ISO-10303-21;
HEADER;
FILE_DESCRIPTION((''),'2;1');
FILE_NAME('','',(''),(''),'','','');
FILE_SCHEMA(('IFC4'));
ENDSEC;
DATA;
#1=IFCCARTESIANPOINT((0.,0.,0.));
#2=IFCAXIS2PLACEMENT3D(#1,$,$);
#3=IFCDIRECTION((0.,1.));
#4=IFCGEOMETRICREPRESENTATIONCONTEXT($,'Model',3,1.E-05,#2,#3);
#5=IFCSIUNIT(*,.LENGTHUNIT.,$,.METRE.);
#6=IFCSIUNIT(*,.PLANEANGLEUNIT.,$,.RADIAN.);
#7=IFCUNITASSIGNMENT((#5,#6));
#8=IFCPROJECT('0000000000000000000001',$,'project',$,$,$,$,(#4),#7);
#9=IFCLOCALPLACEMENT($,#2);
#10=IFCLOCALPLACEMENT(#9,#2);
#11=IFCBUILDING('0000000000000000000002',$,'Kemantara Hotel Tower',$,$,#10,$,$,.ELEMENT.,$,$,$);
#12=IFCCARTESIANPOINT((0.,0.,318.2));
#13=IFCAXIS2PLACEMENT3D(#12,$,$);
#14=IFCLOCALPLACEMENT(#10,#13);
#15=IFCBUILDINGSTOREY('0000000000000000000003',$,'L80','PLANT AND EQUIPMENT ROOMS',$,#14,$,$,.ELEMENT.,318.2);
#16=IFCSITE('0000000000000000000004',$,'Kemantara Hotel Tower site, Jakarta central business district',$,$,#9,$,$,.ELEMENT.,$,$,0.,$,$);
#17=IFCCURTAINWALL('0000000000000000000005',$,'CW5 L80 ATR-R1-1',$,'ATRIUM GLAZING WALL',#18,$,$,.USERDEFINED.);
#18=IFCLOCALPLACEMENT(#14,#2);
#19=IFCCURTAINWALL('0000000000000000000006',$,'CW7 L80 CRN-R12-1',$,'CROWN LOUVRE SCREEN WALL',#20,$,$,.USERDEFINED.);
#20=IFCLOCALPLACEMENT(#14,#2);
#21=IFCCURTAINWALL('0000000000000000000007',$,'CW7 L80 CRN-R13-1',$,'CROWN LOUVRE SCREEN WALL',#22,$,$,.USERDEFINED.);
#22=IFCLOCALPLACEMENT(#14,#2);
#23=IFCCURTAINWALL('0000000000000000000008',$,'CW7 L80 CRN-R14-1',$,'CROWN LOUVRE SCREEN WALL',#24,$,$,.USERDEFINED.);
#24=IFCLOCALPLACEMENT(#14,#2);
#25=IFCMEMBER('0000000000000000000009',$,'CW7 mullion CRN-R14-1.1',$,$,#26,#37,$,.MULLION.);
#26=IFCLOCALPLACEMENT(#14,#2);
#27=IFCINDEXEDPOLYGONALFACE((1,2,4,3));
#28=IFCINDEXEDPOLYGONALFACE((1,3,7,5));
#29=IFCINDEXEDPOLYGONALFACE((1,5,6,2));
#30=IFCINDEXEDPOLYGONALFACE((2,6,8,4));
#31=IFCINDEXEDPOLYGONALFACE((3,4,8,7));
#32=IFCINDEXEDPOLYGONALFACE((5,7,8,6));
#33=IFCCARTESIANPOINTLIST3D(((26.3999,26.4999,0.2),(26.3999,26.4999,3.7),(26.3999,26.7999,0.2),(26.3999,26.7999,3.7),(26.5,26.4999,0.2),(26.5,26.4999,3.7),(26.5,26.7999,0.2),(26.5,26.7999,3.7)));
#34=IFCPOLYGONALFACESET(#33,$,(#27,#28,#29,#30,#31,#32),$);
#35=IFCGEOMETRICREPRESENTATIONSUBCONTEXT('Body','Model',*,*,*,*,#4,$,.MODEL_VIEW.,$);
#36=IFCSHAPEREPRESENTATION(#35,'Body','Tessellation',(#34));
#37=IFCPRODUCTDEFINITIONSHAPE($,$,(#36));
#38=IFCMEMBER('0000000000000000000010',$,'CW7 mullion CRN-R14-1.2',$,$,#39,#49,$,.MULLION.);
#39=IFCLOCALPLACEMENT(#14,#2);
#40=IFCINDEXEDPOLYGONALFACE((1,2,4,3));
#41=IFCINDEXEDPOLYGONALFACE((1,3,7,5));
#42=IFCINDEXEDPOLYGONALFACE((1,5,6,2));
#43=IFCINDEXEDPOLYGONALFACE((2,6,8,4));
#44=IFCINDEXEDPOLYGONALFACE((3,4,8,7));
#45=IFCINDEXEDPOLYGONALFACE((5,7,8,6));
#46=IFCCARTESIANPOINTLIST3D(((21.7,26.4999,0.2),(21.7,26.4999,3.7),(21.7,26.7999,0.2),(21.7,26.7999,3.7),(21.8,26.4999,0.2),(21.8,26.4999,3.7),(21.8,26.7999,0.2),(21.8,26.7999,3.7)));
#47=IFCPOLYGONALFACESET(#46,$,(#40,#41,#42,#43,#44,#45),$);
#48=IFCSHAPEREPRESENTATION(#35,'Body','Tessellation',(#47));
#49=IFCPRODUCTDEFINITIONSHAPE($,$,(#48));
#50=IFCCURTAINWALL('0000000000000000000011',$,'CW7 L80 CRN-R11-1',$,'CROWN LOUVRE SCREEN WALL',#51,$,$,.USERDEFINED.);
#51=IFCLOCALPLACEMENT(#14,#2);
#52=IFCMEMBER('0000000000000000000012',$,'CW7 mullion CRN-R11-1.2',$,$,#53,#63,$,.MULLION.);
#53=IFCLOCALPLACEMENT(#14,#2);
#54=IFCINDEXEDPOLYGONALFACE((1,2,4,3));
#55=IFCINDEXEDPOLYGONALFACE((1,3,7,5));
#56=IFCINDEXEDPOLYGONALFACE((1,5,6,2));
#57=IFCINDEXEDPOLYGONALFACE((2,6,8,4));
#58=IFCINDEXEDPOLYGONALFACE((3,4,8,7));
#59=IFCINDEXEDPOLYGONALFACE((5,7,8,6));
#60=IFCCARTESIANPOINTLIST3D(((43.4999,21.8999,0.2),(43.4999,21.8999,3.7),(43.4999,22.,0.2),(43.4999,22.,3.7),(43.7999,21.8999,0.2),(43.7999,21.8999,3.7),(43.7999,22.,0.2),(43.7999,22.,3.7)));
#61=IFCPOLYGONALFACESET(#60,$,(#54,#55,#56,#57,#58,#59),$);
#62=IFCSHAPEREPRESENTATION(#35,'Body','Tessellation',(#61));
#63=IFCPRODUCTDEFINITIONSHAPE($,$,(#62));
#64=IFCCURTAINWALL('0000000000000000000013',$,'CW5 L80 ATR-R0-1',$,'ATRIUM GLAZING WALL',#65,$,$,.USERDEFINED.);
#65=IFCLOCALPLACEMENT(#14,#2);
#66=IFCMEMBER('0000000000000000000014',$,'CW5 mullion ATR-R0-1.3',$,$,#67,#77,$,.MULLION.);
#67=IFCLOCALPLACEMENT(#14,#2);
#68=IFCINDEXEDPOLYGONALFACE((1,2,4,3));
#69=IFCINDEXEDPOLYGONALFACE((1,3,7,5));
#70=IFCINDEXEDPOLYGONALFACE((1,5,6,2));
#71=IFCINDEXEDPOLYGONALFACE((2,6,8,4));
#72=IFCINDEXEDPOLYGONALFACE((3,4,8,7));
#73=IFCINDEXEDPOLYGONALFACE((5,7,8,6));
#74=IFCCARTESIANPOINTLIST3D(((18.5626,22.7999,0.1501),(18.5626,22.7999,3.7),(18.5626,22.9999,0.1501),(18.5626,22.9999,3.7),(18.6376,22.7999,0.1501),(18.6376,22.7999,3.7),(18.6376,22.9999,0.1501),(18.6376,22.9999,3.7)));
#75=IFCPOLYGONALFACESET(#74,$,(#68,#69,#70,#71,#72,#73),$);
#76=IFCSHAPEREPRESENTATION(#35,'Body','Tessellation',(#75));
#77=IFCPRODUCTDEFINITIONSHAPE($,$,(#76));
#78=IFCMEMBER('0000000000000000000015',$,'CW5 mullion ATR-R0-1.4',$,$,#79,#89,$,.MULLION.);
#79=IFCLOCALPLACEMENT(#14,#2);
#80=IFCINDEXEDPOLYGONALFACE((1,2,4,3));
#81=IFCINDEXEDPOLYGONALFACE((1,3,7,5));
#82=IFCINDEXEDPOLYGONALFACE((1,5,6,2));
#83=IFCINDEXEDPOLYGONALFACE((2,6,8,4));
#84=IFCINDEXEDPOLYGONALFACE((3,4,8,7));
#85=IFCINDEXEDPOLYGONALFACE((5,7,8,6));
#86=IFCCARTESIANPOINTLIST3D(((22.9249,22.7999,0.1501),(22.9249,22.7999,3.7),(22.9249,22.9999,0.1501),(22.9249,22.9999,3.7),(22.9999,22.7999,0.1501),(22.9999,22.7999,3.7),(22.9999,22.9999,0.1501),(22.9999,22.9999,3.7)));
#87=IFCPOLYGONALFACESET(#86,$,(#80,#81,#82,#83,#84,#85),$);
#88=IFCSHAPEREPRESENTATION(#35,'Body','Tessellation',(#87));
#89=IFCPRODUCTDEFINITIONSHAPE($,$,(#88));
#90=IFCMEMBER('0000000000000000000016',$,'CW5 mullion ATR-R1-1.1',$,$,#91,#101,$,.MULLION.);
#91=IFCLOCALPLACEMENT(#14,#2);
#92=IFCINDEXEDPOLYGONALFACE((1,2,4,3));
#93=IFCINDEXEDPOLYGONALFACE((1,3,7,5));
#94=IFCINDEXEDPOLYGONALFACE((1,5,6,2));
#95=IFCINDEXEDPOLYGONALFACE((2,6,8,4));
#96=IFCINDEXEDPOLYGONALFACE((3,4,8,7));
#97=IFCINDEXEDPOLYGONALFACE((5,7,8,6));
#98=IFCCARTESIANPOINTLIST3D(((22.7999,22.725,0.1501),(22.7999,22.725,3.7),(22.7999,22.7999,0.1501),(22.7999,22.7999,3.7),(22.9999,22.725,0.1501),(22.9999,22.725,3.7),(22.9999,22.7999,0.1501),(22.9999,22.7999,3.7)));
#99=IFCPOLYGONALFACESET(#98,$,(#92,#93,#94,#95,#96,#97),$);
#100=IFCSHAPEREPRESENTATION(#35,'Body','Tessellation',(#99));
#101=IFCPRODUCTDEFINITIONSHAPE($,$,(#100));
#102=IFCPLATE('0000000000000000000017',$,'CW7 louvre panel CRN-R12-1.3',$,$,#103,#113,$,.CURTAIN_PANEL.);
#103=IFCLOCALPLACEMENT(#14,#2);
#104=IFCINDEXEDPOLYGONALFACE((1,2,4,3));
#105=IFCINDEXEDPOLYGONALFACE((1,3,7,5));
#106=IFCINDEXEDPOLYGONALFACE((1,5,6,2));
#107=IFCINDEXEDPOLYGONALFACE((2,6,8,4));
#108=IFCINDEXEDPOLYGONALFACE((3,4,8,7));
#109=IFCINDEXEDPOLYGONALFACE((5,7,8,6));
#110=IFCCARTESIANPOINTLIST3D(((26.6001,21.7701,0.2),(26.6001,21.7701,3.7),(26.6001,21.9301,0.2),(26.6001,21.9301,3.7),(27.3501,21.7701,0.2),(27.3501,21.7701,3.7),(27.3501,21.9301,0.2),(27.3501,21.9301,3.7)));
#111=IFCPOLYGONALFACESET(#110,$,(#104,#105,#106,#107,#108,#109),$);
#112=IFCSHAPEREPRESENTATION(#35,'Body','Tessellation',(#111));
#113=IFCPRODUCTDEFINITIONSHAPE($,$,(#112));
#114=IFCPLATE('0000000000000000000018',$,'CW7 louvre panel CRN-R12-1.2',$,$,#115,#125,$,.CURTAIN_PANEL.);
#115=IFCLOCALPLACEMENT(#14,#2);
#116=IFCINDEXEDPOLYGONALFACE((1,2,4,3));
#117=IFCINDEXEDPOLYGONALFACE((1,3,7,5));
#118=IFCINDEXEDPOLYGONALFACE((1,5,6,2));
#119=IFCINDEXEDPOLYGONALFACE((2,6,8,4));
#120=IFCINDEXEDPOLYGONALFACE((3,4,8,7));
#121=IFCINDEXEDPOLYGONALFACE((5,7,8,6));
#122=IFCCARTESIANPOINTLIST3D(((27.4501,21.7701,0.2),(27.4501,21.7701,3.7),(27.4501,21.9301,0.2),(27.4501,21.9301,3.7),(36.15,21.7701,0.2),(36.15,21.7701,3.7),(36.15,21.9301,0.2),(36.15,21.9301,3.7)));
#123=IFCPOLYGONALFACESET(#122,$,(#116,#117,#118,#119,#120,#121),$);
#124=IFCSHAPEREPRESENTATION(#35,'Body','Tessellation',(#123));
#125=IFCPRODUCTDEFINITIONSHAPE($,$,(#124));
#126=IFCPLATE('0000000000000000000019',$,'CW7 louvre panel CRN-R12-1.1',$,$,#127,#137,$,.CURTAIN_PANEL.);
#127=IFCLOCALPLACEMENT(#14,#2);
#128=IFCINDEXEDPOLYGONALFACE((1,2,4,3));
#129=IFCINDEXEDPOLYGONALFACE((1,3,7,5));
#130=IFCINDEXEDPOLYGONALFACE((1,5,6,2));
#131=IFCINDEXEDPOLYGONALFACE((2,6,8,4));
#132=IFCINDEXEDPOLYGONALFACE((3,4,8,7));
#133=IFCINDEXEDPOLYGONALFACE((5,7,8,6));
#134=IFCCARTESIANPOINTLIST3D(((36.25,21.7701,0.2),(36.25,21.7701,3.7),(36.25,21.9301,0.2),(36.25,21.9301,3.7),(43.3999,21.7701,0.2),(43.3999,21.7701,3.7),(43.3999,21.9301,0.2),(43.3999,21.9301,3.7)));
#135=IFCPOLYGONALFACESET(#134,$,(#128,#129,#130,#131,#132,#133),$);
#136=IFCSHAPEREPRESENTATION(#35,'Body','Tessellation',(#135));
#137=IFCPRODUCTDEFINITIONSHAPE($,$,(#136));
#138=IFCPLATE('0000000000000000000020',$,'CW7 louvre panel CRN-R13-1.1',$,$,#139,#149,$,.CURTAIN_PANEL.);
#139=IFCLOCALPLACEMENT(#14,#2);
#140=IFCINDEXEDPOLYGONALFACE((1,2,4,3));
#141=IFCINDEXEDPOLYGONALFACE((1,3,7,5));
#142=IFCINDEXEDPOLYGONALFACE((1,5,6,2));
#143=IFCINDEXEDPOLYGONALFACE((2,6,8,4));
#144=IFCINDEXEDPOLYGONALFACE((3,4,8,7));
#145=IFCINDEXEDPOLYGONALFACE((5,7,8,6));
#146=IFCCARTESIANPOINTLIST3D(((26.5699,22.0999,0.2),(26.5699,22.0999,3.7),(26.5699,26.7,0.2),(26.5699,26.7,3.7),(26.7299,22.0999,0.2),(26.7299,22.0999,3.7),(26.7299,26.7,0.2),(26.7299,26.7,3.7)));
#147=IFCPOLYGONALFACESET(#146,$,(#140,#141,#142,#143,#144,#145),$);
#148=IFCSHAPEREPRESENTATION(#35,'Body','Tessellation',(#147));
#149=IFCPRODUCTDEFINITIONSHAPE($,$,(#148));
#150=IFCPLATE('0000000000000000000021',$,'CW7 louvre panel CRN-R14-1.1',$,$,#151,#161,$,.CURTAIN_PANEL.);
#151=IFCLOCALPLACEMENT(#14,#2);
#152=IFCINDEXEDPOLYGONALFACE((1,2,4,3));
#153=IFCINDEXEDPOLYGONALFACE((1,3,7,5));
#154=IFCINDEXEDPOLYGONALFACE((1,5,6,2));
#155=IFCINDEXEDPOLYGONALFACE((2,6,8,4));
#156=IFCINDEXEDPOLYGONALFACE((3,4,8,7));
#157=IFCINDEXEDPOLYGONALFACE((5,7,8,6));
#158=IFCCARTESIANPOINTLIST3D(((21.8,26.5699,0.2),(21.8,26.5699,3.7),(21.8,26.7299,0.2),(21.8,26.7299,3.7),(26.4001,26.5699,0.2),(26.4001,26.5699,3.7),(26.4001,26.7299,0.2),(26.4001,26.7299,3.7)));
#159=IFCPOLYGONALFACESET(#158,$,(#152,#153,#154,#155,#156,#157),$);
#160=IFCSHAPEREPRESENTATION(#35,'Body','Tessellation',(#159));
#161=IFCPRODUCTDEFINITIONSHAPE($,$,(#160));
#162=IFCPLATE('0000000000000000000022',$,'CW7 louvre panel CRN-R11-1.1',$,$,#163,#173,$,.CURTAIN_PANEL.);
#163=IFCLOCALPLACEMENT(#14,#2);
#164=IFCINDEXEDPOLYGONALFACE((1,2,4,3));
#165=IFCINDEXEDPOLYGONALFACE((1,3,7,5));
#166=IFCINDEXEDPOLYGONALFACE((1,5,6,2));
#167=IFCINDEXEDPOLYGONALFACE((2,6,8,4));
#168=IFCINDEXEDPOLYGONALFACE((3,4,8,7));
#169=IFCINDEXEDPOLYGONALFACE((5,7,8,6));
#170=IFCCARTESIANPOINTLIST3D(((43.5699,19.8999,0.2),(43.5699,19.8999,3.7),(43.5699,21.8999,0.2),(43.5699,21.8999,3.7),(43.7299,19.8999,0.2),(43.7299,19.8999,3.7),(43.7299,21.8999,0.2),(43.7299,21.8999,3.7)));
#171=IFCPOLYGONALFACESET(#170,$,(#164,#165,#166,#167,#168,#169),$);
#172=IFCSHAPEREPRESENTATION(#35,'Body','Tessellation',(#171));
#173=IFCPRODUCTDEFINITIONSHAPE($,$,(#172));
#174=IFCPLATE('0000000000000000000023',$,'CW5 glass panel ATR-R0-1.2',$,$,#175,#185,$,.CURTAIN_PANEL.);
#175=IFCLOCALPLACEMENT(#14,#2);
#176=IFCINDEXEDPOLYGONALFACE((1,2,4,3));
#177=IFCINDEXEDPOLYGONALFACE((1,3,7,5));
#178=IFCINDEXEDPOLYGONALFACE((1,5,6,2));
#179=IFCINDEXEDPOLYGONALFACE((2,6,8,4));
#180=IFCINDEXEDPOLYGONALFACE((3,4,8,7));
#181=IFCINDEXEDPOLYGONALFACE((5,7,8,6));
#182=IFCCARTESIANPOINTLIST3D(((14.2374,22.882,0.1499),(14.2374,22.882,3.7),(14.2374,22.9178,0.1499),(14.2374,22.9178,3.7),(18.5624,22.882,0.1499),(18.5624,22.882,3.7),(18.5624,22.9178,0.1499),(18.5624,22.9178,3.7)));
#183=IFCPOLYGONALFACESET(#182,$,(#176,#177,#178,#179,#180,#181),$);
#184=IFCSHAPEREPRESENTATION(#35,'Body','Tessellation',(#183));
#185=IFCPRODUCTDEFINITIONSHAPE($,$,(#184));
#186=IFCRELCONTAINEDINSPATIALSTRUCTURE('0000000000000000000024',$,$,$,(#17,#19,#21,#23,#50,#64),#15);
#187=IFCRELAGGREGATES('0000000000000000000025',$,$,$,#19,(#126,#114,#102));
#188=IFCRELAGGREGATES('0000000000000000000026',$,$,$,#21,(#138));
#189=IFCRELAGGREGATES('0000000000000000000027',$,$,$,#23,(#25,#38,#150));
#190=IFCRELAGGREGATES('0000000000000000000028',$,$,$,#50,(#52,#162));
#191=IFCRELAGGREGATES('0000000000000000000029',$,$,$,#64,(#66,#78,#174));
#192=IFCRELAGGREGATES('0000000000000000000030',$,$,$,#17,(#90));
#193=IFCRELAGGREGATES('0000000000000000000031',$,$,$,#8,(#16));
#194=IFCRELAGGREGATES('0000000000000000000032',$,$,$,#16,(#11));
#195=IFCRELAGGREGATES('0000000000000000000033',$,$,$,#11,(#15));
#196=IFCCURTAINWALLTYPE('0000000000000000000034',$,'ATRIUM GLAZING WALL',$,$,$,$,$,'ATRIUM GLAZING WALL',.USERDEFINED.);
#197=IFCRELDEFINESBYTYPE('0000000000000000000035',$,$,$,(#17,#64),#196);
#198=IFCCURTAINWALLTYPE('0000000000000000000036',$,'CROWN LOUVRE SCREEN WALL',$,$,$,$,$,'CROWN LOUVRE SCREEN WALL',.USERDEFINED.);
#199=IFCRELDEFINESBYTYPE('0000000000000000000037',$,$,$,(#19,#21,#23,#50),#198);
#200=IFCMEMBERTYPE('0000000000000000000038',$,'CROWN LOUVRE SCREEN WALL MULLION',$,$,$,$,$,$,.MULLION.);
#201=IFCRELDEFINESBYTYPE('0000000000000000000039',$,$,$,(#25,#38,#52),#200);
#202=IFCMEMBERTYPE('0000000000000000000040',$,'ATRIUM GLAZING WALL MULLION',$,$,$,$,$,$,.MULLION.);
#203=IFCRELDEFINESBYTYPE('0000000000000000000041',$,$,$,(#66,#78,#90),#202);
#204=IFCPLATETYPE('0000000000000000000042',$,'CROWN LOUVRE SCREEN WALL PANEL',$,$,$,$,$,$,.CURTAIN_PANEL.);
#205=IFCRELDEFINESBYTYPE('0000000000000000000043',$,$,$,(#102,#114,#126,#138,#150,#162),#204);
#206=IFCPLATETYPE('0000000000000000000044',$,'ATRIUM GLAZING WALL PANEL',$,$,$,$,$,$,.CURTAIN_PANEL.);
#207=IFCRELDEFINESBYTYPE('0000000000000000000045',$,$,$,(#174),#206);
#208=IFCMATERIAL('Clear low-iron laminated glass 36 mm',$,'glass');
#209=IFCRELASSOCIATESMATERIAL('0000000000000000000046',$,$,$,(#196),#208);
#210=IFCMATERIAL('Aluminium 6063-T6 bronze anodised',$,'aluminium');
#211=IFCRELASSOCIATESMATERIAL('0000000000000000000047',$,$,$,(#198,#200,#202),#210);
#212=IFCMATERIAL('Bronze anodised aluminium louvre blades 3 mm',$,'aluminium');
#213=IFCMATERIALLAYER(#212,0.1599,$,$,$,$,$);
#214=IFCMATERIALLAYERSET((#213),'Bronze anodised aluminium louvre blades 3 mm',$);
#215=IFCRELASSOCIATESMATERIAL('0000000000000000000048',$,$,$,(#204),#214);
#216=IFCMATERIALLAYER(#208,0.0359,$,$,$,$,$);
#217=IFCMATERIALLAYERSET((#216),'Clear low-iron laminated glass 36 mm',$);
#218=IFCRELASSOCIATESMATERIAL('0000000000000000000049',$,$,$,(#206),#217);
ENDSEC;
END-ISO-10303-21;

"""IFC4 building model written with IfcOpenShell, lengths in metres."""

from ifc_helpers import new_model, si_unit, direction, frame, origin, origin_2d, place, context, subcontext, project, spatial, rectangle, extrude, source, transform, mapped, material, layer, layer_set, material_profile, profile_set, type_object, element, aggregate, save


model = new_model("IFC4")

# Units and contexts
model_context = context("Model", 3, precision=1e-05, world=origin(), true_north=direction((0.0, 1.0)))
body_context = subcontext(model_context, "Body", "Model", "MODEL_VIEW")
ifc_project = project(units=[si_unit("LENGTHUNIT", "METRE"), si_unit("PLANEANGLEUNIT", "RADIAN")], contexts=[model_context])

# Site, building, storey
site_placement = place(None, origin())
site = spatial("IfcSite", under=ifc_project, at=site_placement, Name="Kemantara Hotel Tower site, Jakarta central business district", CompositionType="ELEMENT", RefElevation=0.0)
building_placement = place(site_placement, origin())
building = spatial("IfcBuilding", under=site, at=building_placement, Name="Kemantara Hotel Tower", CompositionType="ELEMENT")
storey_placement = place(building_placement, frame((0.0, 0.0, 318.2)))
storey = spatial("IfcBuildingStorey", under=building, at=storey_placement, Name="L80", Description="PLANT AND EQUIPMENT ROOMS", CompositionType="ELEMENT", Elevation=318.2)

# Curtain walls
ifc_material_1 = material(Name="Clear low-iron laminated glass 36 mm", Category="glass")
curtain_wall_type_1 = type_object("IfcCurtainWallType", Name="ATRIUM GLAZING WALL", ElementType="ATRIUM GLAZING WALL", PredefinedType="USERDEFINED", material=ifc_material_1)
curtain_wall_1_placement = place(storey_placement, origin())
curtain_wall_1 = element("IfcCurtainWall", 1, at=curtain_wall_1_placement, inside=storey, type_object=curtain_wall_type_1, Name="CW5 L80 ATR-R1-1", ObjectType="ATRIUM GLAZING WALL", PredefinedType="USERDEFINED")
ifc_material_2 = material(Name="Aluminium 6063-T6 bronze anodised", Category="aluminium")
curtain_wall_type_2 = type_object("IfcCurtainWallType", Name="CROWN LOUVRE SCREEN WALL", ElementType="CROWN LOUVRE SCREEN WALL", PredefinedType="USERDEFINED", material=ifc_material_2)
curtain_wall_2_placement = place(storey_placement, origin())
curtain_wall_2 = element("IfcCurtainWall", 2, at=curtain_wall_2_placement, inside=storey, type_object=curtain_wall_type_2, Name="CW7 L80 CRN-R12-1", ObjectType="CROWN LOUVRE SCREEN WALL", PredefinedType="USERDEFINED")
curtain_wall_3_placement = place(storey_placement, origin())
curtain_wall_3 = element("IfcCurtainWall", 3, at=curtain_wall_3_placement, inside=storey, type_object=curtain_wall_type_2, Name="CW7 L80 CRN-R13-1", ObjectType="CROWN LOUVRE SCREEN WALL", PredefinedType="USERDEFINED")
curtain_wall_4_placement = place(storey_placement, origin())
curtain_wall_4 = element("IfcCurtainWall", 4, at=curtain_wall_4_placement, inside=storey, type_object=curtain_wall_type_2, Name="CW7 L80 CRN-R14-1", ObjectType="CROWN LOUVRE SCREEN WALL", PredefinedType="USERDEFINED")

# Members
ifc_material_profile_1 = material_profile(ifc_material_2, rectangle(XDim=0.3, YDim=0.1001, at=origin_2d()), Name="CROWN LOUVRE SCREEN WALL MULLION")
ifc_profile_set_1 = profile_set([ifc_material_profile_1], Name="Aluminium 6063-T6 bronze anodised")
member_type_1 = type_object("IfcMemberType", Name="CROWN LOUVRE SCREEN WALL MULLION", PredefinedType="MULLION", material=ifc_profile_set_1)
shared_shape_1 = source(origin(), body_context, "Body", "SweptSolid", [
    extrude(rectangle(XDim=0.3, YDim=0.1001, at=origin_2d()), origin(), (0.0, 0.0, 1.0), 3.5),
])
member_1_placement = place(storey_placement, frame((26.45, 26.6499, 0.2), z_axis=(0.0, 0.0, 1.0), x_axis=(0.0, -1.0, 0.0)))
member_1 = element("IfcMember", 5, at=member_1_placement, type_object=member_type_1, Name="CW7 mullion CRN-R14-1.1", PredefinedType="MULLION", context=body_context, shape_type="MappedRepresentation", body=[
    mapped(shared_shape_1, transform((0.0, 0.0, 0.0))),
])
member_2_placement = place(storey_placement, frame((21.75, 26.6499, 0.2), z_axis=(0.0, 0.0, 1.0), x_axis=(0.0, -1.0, 0.0)))
member_2 = element("IfcMember", 6, at=member_2_placement, type_object=member_type_1, Name="CW7 mullion CRN-R14-1.2", PredefinedType="MULLION", context=body_context, shape_type="MappedRepresentation", body=[
    mapped(shared_shape_1, transform((0.0, 0.0, 0.0))),
])

# Curtain wall, member
curtain_wall_5_placement = place(storey_placement, origin())
curtain_wall_5 = element("IfcCurtainWall", 7, at=curtain_wall_5_placement, inside=storey, type_object=curtain_wall_type_2, Name="CW7 L80 CRN-R11-1", ObjectType="CROWN LOUVRE SCREEN WALL", PredefinedType="USERDEFINED")
member_3_placement = place(storey_placement, frame((43.6499, 21.95, 0.2), z_axis=(0.0, 0.0, 1.0), x_axis=(-1.0, 0.0, 0.0)))
member_3 = element("IfcMember", 8, at=member_3_placement, type_object=member_type_1, Name="CW7 mullion CRN-R11-1.2", PredefinedType="MULLION", context=body_context, shape_type="MappedRepresentation", body=[
    mapped(shared_shape_1, transform((0.0, 0.0, 0.0))),
])

# Curtain wall, members
curtain_wall_6_placement = place(storey_placement, origin())
curtain_wall_6 = element("IfcCurtainWall", 9, at=curtain_wall_6_placement, inside=storey, type_object=curtain_wall_type_1, Name="CW5 L80 ATR-R0-1", ObjectType="ATRIUM GLAZING WALL", PredefinedType="USERDEFINED")
ifc_material_profile_2 = material_profile(ifc_material_2, rectangle(XDim=0.2, YDim=0.075, at=origin_2d()), Name="ATRIUM GLAZING WALL MULLION")
ifc_profile_set_2 = profile_set([ifc_material_profile_2], Name="Aluminium 6063-T6 bronze anodised")
member_type_2 = type_object("IfcMemberType", Name="ATRIUM GLAZING WALL MULLION", PredefinedType="MULLION", material=ifc_profile_set_2)
shared_shape_2 = source(origin(), body_context, "Body", "SweptSolid", [
    extrude(rectangle(XDim=0.2, YDim=0.075, at=origin_2d()), origin(), (0.0, 0.0, 1.0), 3.5498),
])
member_4_placement = place(storey_placement, frame((18.6001, 22.8999, 0.1501), z_axis=(0.0, 0.0, 1.0), x_axis=(0.0, 1.0, 0.0)))
member_4 = element("IfcMember", 10, at=member_4_placement, type_object=member_type_2, Name="CW5 mullion ATR-R0-1.3", PredefinedType="MULLION", context=body_context, shape_type="MappedRepresentation", body=[
    mapped(shared_shape_2, transform((0.0, 0.0, 0.0))),
])
member_5_placement = place(storey_placement, frame((22.9624, 22.8999, 0.1501), z_axis=(0.0, 0.0, 1.0), x_axis=(0.0, 1.0, 0.0)))
member_5 = element("IfcMember", 11, at=member_5_placement, type_object=member_type_2, Name="CW5 mullion ATR-R0-1.4", PredefinedType="MULLION", context=body_context, shape_type="MappedRepresentation", body=[
    mapped(shared_shape_2, transform((0.0, 0.0, 0.0))),
])

# Member
member_6_placement = place(storey_placement, frame((22.8999, 22.7625, 0.1501), z_axis=(0.0, 0.0, 1.0), x_axis=(1.0, 0.0, 0.0)))
member_6 = element("IfcMember", 12, at=member_6_placement, type_object=member_type_2, Name="CW5 mullion ATR-R1-1.1", PredefinedType="MULLION", context=body_context, shape_type="MappedRepresentation", body=[
    mapped(shared_shape_2, transform((0.0, 0.0, 0.0))),
])

# Plates
ifc_material_3 = material(Name="Bronze anodised aluminium louvre blades 3 mm", Category="aluminium")
ifc_layer_1 = layer(ifc_material_3, 0.1599)
ifc_layer_set_1 = layer_set([ifc_layer_1], Name="Bronze anodised aluminium louvre blades 3 mm")
plate_type_1 = type_object("IfcPlateType", Name="CROWN LOUVRE SCREEN WALL PANEL", PredefinedType="CURTAIN_PANEL", material=ifc_layer_set_1)
shared_shape_3 = source(origin(), body_context, "Body", "SweptSolid", [
    extrude(rectangle(XDim=0.75, YDim=0.1599, at=origin_2d()), origin(), (0.0, 0.0, 1.0), 3.5),
])
plate_1_placement = place(storey_placement, frame((26.9751, 21.8501, 0.2), z_axis=(0.0, 0.0, 1.0), x_axis=(-1.0, 0.0, 0.0)))
plate_1 = element("IfcPlate", 13, at=plate_1_placement, type_object=plate_type_1, Name="CW7 louvre panel CRN-R12-1.3", PredefinedType="CURTAIN_PANEL", context=body_context, shape_type="MappedRepresentation", body=[
    mapped(shared_shape_3, transform((0.0, 0.0, 0.0))),
])
shared_shape_4 = source(origin(), body_context, "Body", "SweptSolid", [
    extrude(rectangle(XDim=8.7, YDim=0.1599, at=origin_2d()), origin(), (0.0, 0.0, 1.0), 3.5),
])
plate_2_placement = place(storey_placement, frame((31.8, 21.8501, 0.2), z_axis=(0.0, 0.0, 1.0), x_axis=(-1.0, 0.0, 0.0)))
plate_2 = element("IfcPlate", 14, at=plate_2_placement, type_object=plate_type_1, Name="CW7 louvre panel CRN-R12-1.2", PredefinedType="CURTAIN_PANEL", context=body_context, shape_type="MappedRepresentation", body=[
    mapped(shared_shape_4, transform((0.0, 0.0, 0.0))),
])
shared_shape_5 = source(origin(), body_context, "Body", "SweptSolid", [
    extrude(rectangle(XDim=7.1499, YDim=0.1599, at=origin_2d()), origin(), (0.0, 0.0, 1.0), 3.5),
])
plate_3_placement = place(storey_placement, frame((39.825, 21.8501, 0.2), z_axis=(0.0, 0.0, 1.0), x_axis=(-1.0, 0.0, 0.0)))
plate_3 = element("IfcPlate", 15, at=plate_3_placement, type_object=plate_type_1, Name="CW7 louvre panel CRN-R12-1.1", PredefinedType="CURTAIN_PANEL", context=body_context, shape_type="MappedRepresentation", body=[
    mapped(shared_shape_5, transform((0.0, 0.0, 0.0))),
])
aggregate(curtain_wall_2, [plate_3, plate_2, plate_1])
shared_shape_6 = source(origin(), body_context, "Body", "SweptSolid", [
    extrude(rectangle(XDim=4.6001, YDim=0.1599, at=origin_2d()), origin(), (0.0, 0.0, 1.0), 3.5),
])
plate_4_placement = place(storey_placement, frame((26.6499, 24.3999, 0.2), z_axis=(0.0, 0.0, 1.0), x_axis=(0.0, 1.0, 0.0)))
plate_4 = element("IfcPlate", 16, at=plate_4_placement, type_object=plate_type_1, Name="CW7 louvre panel CRN-R13-1.1", PredefinedType="CURTAIN_PANEL", context=body_context, shape_type="MappedRepresentation", body=[
    mapped(shared_shape_6, transform((0.0, 0.0, 0.0))),
])
aggregate(curtain_wall_3, [plate_4])
plate_5_placement = place(storey_placement, frame((24.1001, 26.6499, 0.2), z_axis=(0.0, 0.0, 1.0), x_axis=(-1.0, 0.0, 0.0)))
plate_5 = element("IfcPlate", 17, at=plate_5_placement, type_object=plate_type_1, Name="CW7 louvre panel CRN-R14-1.1", PredefinedType="CURTAIN_PANEL", context=body_context, shape_type="MappedRepresentation", body=[
    mapped(shared_shape_6, transform((0.0, 0.0, 0.0))),
])
aggregate(curtain_wall_4, [member_1, member_2, plate_5])
shared_shape_7 = source(origin(), body_context, "Body", "SweptSolid", [
    extrude(rectangle(XDim=2.0, YDim=0.1599, at=origin_2d()), origin(), (0.0, 0.0, 1.0), 3.5),
])
plate_6_placement = place(storey_placement, frame((43.6499, 20.8999, 0.2), z_axis=(0.0, 0.0, 1.0), x_axis=(0.0, 1.0, 0.0)))
plate_6 = element("IfcPlate", 18, at=plate_6_placement, type_object=plate_type_1, Name="CW7 louvre panel CRN-R11-1.1", PredefinedType="CURTAIN_PANEL", context=body_context, shape_type="MappedRepresentation", body=[
    mapped(shared_shape_7, transform((0.0, 0.0, 0.0))),
])
aggregate(curtain_wall_5, [member_3, plate_6])
ifc_layer_2 = layer(ifc_material_1, 0.0359)
ifc_layer_set_2 = layer_set([ifc_layer_2], Name="Clear low-iron laminated glass 36 mm")
plate_type_2 = type_object("IfcPlateType", Name="ATRIUM GLAZING WALL PANEL", PredefinedType="CURTAIN_PANEL", material=ifc_layer_set_2)
shared_shape_8 = source(origin(), body_context, "Body", "SweptSolid", [
    extrude(rectangle(XDim=4.325, YDim=0.0359, at=origin_2d()), origin(), (0.0, 0.0, 1.0), 3.55),
])
plate_7_placement = place(storey_placement, frame((16.3999, 22.8999, 0.1499), z_axis=(0.0, 0.0, 1.0), x_axis=(1.0, 0.0, 0.0)))
plate_7 = element("IfcPlate", 19, at=plate_7_placement, type_object=plate_type_2, Name="CW5 glass panel ATR-R0-1.2", PredefinedType="CURTAIN_PANEL", context=body_context, shape_type="MappedRepresentation", body=[
    mapped(shared_shape_8, transform((0.0, 0.0, 0.0))),
])
aggregate(curtain_wall_6, [member_4, member_5, plate_7])
aggregate(curtain_wall_1, [member_6])

save(model, "model.ifc")
